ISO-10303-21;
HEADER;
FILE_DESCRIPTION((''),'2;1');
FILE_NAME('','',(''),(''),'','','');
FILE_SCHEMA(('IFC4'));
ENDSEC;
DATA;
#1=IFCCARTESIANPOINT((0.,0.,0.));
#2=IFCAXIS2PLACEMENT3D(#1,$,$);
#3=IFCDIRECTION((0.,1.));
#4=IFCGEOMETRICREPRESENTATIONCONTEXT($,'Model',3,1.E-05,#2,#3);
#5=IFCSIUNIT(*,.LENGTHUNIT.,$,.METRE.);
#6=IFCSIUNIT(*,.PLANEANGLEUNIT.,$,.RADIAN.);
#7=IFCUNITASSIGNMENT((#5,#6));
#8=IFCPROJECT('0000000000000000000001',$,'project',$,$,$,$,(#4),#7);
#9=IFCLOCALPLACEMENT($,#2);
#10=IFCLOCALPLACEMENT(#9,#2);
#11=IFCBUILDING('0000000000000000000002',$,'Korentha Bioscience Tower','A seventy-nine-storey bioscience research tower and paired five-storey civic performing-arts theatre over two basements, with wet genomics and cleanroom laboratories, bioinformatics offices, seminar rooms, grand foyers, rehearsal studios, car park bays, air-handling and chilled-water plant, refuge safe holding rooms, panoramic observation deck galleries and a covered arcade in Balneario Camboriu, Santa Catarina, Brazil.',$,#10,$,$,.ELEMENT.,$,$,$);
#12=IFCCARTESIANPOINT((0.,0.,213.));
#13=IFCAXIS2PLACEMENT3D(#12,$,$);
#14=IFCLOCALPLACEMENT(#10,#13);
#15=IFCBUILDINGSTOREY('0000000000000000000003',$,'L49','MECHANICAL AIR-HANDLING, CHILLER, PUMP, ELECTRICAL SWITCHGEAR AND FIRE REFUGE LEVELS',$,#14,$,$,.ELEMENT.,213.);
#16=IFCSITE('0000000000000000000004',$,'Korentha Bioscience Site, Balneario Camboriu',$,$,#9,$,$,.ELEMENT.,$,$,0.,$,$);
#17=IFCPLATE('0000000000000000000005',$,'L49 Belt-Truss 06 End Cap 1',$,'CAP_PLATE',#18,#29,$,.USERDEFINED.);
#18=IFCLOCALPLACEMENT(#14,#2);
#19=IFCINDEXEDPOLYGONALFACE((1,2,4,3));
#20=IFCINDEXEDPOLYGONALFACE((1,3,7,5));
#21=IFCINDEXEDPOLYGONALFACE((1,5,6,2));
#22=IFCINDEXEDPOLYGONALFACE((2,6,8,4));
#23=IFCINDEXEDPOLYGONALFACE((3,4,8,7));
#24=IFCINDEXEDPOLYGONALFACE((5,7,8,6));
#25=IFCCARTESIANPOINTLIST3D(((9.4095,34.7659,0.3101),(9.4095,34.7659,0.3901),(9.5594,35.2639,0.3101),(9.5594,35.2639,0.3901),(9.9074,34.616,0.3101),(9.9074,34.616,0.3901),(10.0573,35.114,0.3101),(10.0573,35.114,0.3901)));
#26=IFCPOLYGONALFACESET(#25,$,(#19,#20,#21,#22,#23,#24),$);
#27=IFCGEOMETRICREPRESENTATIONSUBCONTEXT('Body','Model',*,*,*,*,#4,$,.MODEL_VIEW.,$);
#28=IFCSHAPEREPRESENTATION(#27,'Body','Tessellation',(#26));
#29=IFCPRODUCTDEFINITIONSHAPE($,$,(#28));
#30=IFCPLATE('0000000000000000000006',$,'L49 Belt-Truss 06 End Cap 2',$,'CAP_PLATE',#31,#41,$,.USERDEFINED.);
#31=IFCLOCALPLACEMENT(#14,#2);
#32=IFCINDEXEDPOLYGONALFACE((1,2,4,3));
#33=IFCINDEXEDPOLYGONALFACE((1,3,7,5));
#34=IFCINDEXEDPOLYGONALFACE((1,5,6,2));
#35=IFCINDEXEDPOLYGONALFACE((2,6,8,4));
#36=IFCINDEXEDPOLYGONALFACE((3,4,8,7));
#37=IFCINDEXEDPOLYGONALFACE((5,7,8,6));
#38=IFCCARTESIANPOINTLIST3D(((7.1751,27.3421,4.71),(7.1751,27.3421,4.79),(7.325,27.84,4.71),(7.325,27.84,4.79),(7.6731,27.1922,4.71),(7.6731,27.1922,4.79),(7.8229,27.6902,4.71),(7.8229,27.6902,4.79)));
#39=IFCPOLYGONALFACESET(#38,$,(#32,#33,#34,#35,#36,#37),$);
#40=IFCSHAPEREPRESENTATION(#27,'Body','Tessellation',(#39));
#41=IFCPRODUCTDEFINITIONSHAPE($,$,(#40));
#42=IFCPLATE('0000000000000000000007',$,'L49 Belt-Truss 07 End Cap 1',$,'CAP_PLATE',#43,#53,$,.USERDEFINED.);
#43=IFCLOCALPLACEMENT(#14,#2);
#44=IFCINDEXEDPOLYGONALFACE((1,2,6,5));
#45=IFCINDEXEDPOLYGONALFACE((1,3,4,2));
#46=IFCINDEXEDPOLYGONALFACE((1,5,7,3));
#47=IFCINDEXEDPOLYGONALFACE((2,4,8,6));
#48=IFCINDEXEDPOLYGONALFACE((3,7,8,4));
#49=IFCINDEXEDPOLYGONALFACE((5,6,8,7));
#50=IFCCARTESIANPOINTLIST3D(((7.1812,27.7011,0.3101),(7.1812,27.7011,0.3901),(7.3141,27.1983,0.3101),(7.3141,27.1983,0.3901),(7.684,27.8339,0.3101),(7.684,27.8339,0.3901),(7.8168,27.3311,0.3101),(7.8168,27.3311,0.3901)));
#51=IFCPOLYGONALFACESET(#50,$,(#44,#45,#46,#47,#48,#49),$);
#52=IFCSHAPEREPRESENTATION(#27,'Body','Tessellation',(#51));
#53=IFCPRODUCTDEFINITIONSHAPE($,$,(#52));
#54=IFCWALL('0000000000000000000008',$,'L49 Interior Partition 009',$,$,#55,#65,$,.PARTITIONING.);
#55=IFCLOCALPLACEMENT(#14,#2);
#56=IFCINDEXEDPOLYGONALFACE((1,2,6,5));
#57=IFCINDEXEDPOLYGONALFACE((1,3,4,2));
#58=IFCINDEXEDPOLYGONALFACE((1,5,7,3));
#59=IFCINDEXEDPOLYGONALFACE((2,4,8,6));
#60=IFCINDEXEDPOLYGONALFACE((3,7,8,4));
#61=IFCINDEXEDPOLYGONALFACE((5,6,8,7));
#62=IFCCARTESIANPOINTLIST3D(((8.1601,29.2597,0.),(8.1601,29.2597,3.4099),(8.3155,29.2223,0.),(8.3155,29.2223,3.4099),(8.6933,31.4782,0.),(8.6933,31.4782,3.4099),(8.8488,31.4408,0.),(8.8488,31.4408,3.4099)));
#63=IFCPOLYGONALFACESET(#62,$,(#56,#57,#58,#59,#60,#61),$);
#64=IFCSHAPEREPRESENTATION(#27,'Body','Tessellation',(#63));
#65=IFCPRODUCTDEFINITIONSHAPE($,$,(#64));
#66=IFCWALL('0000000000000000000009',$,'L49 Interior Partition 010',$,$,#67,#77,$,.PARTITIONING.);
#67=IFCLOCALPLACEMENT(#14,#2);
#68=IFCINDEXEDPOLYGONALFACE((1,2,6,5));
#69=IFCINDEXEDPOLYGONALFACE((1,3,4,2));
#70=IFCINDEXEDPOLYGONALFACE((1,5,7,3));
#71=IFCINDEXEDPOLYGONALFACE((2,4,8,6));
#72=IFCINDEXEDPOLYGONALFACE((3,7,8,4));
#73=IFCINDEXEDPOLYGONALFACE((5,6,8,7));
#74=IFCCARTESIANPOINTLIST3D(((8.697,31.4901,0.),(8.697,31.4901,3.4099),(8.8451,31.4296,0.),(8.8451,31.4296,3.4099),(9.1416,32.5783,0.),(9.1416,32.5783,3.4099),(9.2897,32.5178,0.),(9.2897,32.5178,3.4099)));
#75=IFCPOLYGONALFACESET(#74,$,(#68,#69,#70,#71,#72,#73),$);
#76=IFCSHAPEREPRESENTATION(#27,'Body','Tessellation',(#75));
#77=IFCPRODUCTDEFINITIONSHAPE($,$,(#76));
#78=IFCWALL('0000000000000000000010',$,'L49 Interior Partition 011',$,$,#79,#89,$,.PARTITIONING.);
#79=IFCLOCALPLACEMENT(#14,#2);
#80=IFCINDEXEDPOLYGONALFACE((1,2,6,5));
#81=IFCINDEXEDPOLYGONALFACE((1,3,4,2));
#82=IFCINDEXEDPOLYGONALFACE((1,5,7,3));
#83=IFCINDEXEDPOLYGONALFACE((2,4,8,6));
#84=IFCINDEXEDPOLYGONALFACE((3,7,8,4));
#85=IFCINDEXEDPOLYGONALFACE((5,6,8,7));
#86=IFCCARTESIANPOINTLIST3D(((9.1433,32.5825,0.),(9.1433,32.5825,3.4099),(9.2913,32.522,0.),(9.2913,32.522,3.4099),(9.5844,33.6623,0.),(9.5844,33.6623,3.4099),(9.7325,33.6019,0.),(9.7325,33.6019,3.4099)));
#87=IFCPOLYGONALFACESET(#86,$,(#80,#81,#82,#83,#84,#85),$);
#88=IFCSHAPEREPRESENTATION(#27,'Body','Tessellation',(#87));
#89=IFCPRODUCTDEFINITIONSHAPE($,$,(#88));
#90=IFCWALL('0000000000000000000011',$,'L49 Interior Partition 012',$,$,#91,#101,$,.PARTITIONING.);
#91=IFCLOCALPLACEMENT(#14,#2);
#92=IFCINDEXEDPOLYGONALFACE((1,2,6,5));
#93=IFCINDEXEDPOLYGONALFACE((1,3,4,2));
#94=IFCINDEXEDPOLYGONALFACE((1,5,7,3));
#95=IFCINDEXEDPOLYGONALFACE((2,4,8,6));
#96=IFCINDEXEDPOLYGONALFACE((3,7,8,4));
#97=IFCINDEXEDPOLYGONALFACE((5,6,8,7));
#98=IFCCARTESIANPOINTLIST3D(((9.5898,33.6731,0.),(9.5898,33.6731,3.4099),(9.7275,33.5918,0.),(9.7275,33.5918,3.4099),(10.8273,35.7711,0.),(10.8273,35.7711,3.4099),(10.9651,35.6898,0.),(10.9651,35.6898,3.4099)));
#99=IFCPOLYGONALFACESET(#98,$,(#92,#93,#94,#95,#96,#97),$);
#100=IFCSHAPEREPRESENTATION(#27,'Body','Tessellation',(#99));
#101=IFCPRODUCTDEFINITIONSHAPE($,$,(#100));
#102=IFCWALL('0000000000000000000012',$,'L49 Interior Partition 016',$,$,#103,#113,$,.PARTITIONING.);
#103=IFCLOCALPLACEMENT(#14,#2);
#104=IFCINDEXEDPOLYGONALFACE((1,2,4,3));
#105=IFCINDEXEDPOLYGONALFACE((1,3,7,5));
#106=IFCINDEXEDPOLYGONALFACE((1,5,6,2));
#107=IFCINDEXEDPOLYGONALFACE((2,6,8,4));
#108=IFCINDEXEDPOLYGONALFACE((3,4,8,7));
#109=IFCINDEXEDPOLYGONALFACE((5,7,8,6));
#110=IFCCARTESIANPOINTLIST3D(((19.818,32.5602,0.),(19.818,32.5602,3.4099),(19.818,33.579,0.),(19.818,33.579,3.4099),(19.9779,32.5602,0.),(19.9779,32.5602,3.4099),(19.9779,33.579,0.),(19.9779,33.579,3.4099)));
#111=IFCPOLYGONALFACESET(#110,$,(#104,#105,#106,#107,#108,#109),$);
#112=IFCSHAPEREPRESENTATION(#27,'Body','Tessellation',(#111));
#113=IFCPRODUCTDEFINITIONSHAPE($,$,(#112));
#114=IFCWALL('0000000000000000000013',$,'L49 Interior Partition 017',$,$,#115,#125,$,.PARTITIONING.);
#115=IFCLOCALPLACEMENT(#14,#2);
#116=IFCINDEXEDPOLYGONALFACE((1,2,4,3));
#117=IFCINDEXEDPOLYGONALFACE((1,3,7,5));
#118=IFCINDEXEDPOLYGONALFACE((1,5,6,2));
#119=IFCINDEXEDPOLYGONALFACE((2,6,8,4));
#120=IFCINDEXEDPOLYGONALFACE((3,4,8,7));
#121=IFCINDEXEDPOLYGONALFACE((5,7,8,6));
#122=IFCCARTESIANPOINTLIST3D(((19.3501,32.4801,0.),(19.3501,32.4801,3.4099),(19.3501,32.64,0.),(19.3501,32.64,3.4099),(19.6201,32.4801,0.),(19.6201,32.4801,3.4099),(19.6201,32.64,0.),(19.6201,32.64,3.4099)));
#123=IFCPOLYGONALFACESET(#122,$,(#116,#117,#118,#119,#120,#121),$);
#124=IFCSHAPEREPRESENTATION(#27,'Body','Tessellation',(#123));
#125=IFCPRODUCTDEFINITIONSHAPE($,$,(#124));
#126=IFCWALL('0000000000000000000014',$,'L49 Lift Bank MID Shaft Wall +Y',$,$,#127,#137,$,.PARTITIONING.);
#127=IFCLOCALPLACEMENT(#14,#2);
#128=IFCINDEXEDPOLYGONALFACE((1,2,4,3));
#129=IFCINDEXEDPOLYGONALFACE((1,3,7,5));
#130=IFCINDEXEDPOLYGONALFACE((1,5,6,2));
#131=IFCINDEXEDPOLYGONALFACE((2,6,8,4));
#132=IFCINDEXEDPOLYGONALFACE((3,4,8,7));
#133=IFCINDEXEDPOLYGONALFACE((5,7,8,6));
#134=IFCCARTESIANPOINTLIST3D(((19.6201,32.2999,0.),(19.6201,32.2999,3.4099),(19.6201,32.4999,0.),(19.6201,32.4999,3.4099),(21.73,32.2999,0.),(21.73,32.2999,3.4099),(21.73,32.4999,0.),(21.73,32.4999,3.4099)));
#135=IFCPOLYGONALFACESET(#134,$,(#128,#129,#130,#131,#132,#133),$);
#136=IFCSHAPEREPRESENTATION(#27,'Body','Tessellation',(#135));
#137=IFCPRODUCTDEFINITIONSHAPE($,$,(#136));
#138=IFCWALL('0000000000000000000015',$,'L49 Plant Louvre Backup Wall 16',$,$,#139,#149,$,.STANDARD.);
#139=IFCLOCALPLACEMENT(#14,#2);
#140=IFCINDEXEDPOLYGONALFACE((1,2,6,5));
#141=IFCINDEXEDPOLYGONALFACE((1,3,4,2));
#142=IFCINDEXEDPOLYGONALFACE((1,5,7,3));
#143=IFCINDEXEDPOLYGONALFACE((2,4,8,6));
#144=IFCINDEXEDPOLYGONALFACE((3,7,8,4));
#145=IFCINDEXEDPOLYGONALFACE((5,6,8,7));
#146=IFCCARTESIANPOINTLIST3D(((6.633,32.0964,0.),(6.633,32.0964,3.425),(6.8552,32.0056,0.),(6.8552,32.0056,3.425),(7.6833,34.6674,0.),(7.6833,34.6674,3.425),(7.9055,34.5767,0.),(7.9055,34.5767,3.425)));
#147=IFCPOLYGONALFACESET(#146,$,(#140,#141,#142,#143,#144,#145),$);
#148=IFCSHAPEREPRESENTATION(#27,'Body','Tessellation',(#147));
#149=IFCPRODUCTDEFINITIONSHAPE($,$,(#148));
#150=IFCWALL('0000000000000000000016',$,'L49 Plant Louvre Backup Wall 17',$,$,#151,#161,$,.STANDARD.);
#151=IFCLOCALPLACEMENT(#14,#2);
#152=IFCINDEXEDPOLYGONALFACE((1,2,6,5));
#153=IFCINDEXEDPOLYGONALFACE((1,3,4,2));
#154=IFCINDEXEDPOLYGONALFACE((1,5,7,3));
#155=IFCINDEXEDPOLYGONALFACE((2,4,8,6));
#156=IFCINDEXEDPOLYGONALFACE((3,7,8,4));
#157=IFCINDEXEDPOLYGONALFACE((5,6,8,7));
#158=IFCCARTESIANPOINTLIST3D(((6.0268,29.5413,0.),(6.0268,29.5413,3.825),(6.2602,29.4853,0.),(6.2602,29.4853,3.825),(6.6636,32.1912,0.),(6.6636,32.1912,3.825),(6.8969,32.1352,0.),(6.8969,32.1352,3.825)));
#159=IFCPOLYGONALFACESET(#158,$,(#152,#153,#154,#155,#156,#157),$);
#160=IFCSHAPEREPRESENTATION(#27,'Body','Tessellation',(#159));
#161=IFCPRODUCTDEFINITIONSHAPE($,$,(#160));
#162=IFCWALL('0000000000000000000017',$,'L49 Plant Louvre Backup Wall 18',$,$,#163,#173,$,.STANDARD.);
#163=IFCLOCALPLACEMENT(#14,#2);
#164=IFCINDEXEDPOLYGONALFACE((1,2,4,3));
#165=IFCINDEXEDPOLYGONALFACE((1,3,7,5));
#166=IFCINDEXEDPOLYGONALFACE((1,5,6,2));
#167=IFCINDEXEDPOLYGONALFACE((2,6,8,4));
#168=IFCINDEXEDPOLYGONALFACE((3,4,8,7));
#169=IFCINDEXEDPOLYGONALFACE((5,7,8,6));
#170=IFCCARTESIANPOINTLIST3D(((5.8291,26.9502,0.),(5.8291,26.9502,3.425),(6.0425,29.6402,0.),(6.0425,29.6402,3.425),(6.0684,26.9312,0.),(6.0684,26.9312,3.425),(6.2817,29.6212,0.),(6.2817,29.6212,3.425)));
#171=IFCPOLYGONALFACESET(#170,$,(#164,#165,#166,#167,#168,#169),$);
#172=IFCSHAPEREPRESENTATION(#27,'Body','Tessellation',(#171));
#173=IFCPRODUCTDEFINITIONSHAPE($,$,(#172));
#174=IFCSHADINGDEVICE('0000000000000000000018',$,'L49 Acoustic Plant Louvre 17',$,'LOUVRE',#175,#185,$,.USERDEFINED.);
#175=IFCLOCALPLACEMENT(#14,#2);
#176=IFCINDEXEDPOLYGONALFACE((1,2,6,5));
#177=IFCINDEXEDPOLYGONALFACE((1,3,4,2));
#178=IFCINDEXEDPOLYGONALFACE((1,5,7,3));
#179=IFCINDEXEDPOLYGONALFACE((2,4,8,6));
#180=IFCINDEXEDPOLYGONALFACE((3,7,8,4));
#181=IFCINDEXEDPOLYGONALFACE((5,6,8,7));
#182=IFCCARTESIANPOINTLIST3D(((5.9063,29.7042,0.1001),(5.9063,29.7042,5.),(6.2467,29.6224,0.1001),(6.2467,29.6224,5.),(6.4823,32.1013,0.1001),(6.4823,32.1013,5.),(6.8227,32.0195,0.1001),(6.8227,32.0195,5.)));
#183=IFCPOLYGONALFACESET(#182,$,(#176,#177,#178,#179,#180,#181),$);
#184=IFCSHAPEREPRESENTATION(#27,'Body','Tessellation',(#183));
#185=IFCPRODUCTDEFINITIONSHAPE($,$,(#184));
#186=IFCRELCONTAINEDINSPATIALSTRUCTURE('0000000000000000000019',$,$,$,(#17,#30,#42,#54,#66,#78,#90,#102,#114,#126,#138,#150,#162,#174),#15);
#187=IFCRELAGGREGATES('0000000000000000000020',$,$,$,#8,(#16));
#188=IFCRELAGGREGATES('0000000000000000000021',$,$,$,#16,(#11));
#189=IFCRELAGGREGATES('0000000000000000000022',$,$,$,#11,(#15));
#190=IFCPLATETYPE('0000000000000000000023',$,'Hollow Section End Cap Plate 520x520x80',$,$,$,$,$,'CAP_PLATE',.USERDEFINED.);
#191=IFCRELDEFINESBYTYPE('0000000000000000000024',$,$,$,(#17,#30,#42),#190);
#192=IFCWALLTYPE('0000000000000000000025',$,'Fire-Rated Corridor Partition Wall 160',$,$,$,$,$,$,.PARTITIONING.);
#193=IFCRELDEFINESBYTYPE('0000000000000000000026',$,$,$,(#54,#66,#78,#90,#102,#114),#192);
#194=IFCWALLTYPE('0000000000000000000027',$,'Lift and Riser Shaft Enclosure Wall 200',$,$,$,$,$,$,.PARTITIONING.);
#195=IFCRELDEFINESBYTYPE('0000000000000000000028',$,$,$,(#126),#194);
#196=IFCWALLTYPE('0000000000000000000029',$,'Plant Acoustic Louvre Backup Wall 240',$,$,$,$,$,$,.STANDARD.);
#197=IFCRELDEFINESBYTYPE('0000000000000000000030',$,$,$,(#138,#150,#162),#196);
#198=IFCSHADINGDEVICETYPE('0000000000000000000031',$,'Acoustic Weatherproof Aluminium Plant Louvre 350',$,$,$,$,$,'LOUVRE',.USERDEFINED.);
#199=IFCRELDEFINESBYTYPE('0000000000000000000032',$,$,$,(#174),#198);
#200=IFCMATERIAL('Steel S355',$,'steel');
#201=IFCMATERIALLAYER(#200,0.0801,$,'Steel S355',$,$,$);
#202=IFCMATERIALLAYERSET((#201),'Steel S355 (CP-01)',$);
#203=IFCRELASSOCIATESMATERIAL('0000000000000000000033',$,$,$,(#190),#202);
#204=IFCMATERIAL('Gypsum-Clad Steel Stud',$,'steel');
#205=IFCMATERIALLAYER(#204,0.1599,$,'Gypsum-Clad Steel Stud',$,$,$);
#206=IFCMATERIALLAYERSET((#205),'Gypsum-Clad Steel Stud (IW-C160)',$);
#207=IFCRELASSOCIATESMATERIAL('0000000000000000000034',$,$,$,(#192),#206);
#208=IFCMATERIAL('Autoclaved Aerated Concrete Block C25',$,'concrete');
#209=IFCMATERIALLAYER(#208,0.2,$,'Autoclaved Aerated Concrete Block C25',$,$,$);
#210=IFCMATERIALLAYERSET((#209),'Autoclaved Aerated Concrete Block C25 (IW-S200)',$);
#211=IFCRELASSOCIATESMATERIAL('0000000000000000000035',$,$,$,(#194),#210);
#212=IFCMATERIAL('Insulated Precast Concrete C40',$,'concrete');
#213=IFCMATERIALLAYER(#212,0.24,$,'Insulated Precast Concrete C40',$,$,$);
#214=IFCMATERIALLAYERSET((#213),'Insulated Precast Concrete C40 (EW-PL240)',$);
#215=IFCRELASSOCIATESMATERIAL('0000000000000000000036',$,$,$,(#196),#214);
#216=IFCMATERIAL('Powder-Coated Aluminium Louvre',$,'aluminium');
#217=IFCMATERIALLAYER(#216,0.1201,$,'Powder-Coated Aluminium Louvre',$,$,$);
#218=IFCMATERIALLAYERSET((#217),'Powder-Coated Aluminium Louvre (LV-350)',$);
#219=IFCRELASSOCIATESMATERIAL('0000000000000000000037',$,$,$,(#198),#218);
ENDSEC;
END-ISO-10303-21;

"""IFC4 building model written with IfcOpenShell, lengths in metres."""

from ifc_helpers import new_model, si_unit, direction, frame, frame_2d, origin, origin_2d, place, context, subcontext, project, spatial, rectangle, extrude, material, layer, layer_set, type_object, element, save


model = new_model("IFC4")

# Units and contexts
model_context = context("Model", 3, precision=1e-05, world=origin(), true_north=direction((0.0, 1.0)))
body_context = subcontext(model_context, "Body", "Model", "MODEL_VIEW")
ifc_project = project(units=[si_unit("LENGTHUNIT", "METRE"), si_unit("PLANEANGLEUNIT", "RADIAN")], contexts=[model_context])

# Site, building, storey
site_placement = place(None, origin())
site = spatial("IfcSite", under=ifc_project, at=site_placement, Name="Korentha Bioscience Site, Balneario Camboriu", CompositionType="ELEMENT", RefElevation=0.0)
building_placement = place(site_placement, origin())
building = spatial("IfcBuilding", under=site, at=building_placement, Name="Korentha Bioscience Tower", Description="A seventy-nine-storey bioscience research tower and paired five-storey civic performing-arts theatre over two basements, with wet genomics and cleanroom laboratories, bioinformatics offices, seminar rooms, grand foyers, rehearsal studios, car park bays, air-handling and chilled-water plant, refuge safe holding rooms, panoramic observation deck galleries and a covered arcade in Balneario Camboriu, Santa Catarina, Brazil.", CompositionType="ELEMENT")
storey_placement = place(building_placement, frame((0.0, 0.0, 213.0)))
storey = spatial("IfcBuildingStorey", under=building, at=storey_placement, Name="L49", Description="MECHANICAL AIR-HANDLING, CHILLER, PUMP, ELECTRICAL SWITCHGEAR AND FIRE REFUGE LEVELS", CompositionType="ELEMENT", Elevation=213.0)

# Shared definitions
ifc_material_1 = material(Name="Steel S355", Category="steel")

# Plates
ifc_layer_1 = layer(ifc_material_1, 0.0801, Name="Steel S355")
ifc_layer_set_1 = layer_set([ifc_layer_1], Name="Steel S355 (CP-01)")
plate_type_1 = type_object("IfcPlateType", Name="Hollow Section End Cap Plate 520x520x80", ElementType="CAP_PLATE", PredefinedType="USERDEFINED", material=ifc_layer_set_1)
for number, where, z_axis, x_axis, name in (
    (1, (9.7334, 34.9399, 0.3101), (0.0, 0.0, 1.0), (0.288196, 0.957571, 0.0), "L49 Belt-Truss 06 End Cap 1"),
    (2, (7.499, 27.5161, 4.71), (0.0, 0.0, 1.0), (0.288196, 0.957571, 0.0), "L49 Belt-Truss 06 End Cap 2"),
    (3, (7.499, 27.5161, 0.3101), (0.0, 0.0, 1.0), (-0.255446, 0.966823, 0.0), "L49 Belt-Truss 07 End Cap 1"),
):
    element("IfcPlate", number, at=place(storey_placement, frame(where, z_axis=z_axis, x_axis=x_axis)), inside=storey, type_object=plate_type_1, Name=name, ObjectType="CAP_PLATE", PredefinedType="USERDEFINED", context=body_context, shape_type="SweptSolid", body=[
        extrude(rectangle(XDim=0.52, YDim=0.52, at=origin_2d()), origin(), (0.0, 0.0, 1.0), 0.0801),
    ])

# Walls
ifc_material_2 = material(Name="Gypsum-Clad Steel Stud", Category="steel")
ifc_layer_2 = layer(ifc_material_2, 0.1599, Name="Gypsum-Clad Steel Stud")
ifc_layer_set_2 = layer_set([ifc_layer_2], Name="Gypsum-Clad Steel Stud (IW-C160)")
wall_type_1 = type_object("IfcWallType", Name="Fire-Rated Corridor Partition Wall 160", PredefinedType="PARTITIONING", material=ifc_layer_set_2)
wall_1_placement = place(storey_placement, frame((8.2378, 29.241, 0.0), z_axis=(0.0, 0.0, 1.0), x_axis=(0.233689, 0.972311, 0.0)))
element("IfcWall", 4, at=wall_1_placement, inside=storey, type_object=wall_type_1, Name="L49 Interior Partition 009", PredefinedType="PARTITIONING", context=body_context, shape_type="SweptSolid", body=[
    extrude(rectangle(XDim=2.2817, YDim=0.1599, at=frame_2d((1.1409, 0.0))), origin(), (0.0, 0.0, 1.0), 3.4099),
])
wall_2_placement = place(storey_placement, frame((8.771, 31.4597, 0.0), z_axis=(0.0, 0.0, 1.0), x_axis=(0.37822, 0.925716, 0.0)))
element("IfcWall", 5, at=wall_2_placement, inside=storey, type_object=wall_type_1, Name="L49 Interior Partition 010", PredefinedType="PARTITIONING", context=body_context, shape_type="SweptSolid", body=[
    extrude(rectangle(XDim=1.1755, YDim=0.1599, at=frame_2d((0.5879, 0.0))), origin(), (0.0, 0.0, 1.0), 3.4099),
])
wall_3_placement = place(storey_placement, frame((9.2173, 32.5522, 0.0), z_axis=(0.0, 0.0, 1.0), x_axis=(0.378201, 0.925724, 0.0)))
element("IfcWall", 6, at=wall_3_placement, inside=storey, type_object=wall_type_1, Name="L49 Interior Partition 011", PredefinedType="PARTITIONING", context=body_context, shape_type="SweptSolid", body=[
    extrude(rectangle(XDim=1.1665, YDim=0.1599, at=frame_2d((0.5833, 0.0))), origin(), (0.0, 0.0, 1.0), 3.4099),
])
wall_4_placement = place(storey_placement, frame((9.6587, 33.6326, 0.0), z_axis=(0.0, 0.0, 1.0), x_axis=(0.508084, 0.861307, 0.0)))
element("IfcWall", 7, at=wall_4_placement, inside=storey, type_object=wall_type_1, Name="L49 Interior Partition 012", PredefinedType="PARTITIONING", context=body_context, shape_type="SweptSolid", body=[
    extrude(rectangle(XDim=2.4358, YDim=0.1599, at=frame_2d((1.2178, 0.0))), origin(), (0.0, 0.0, 1.0), 3.4099),
])
wall_5_placement = place(storey_placement, frame((19.8979, 33.5789, 0.0), z_axis=(0.0, 0.0, 1.0), x_axis=(0.0, -1.0, 0.0)))
element("IfcWall", 8, at=wall_5_placement, inside=storey, type_object=wall_type_1, Name="L49 Interior Partition 016", PredefinedType="PARTITIONING", context=body_context, shape_type="SweptSolid", body=[
    extrude(rectangle(XDim=1.0188, YDim=0.1599, at=frame_2d((0.5093, 0.0))), origin(), (0.0, 0.0, 1.0), 3.4099),
])
wall_6_placement = place(storey_placement, frame((19.6201, 32.5601, 0.0), z_axis=(0.0, 0.0, 1.0), x_axis=(-1.0, 0.0, 0.0)))
element("IfcWall", 9, at=wall_6_placement, inside=storey, type_object=wall_type_1, Name="L49 Interior Partition 017", PredefinedType="PARTITIONING", context=body_context, shape_type="SweptSolid", body=[
    extrude(rectangle(XDim=0.27, YDim=0.1599, at=frame_2d((0.135, 0.0))), origin(), (0.0, 0.0, 1.0), 3.4099),
])
ifc_material_3 = material(Name="Autoclaved Aerated Concrete Block C25", Category="concrete")
ifc_layer_3 = layer(ifc_material_3, 0.2, Name="Autoclaved Aerated Concrete Block C25")
ifc_layer_set_3 = layer_set([ifc_layer_3], Name="Autoclaved Aerated Concrete Block C25 (IW-S200)")
wall_type_2 = type_object("IfcWallType", Name="Lift and Riser Shaft Enclosure Wall 200", PredefinedType="PARTITIONING", material=ifc_layer_set_3)
wall_7_placement = place(storey_placement, frame((19.6201, 32.3999, 0.0), z_axis=(0.0, 0.0, 1.0), x_axis=(1.0, 0.0, 0.0)))
element("IfcWall", 10, at=wall_7_placement, inside=storey, type_object=wall_type_2, Name="L49 Lift Bank MID Shaft Wall +Y", PredefinedType="PARTITIONING", context=body_context, shape_type="SweptSolid", body=[
    extrude(rectangle(XDim=2.1099, YDim=0.2, at=frame_2d((1.0549, 0.0))), origin(), (0.0, 0.0, 1.0), 3.4099),
])
ifc_material_4 = material(Name="Insulated Precast Concrete C40", Category="concrete")
ifc_layer_4 = layer(ifc_material_4, 0.24, Name="Insulated Precast Concrete C40")
ifc_layer_set_4 = layer_set([ifc_layer_4], Name="Insulated Precast Concrete C40 (EW-PL240)")
wall_type_3 = type_object("IfcWallType", Name="Plant Acoustic Louvre Backup Wall 240", PredefinedType="STANDARD", material=ifc_layer_set_4)
wall_8_placement = place(storey_placement, frame((7.7944, 34.6221, 0.0), z_axis=(0.0, 0.0, 1.0), x_axis=(-0.378171, -0.925736, 0.0)))
element("IfcWall", 11, at=wall_8_placement, inside=storey, type_object=wall_type_3, Name="L49 Plant Louvre Backup Wall 16", PredefinedType="STANDARD", context=body_context, shape_type="SweptSolid", body=[
    extrude(rectangle(XDim=2.7773, YDim=0.24, at=frame_2d((1.3887, 0.0))), origin(), (0.0, 0.0, 1.0), 3.425),
])
wall_9_placement = place(storey_placement, frame((6.7803, 32.1633, 0.0), z_axis=(0.0, 0.0, 1.0), x_axis=(-0.23363, -0.972325, 0.0)))
element("IfcWall", 12, at=wall_9_placement, inside=storey, type_object=wall_type_3, Name="L49 Plant Louvre Backup Wall 17", PredefinedType="STANDARD", context=body_context, shape_type="SweptSolid", body=[
    extrude(rectangle(XDim=2.7253, YDim=0.24, at=frame_2d((1.3628, 0.0))), origin(), (0.0, 0.0, 1.0), 3.825),
])
wall_10_placement = place(storey_placement, frame((6.1621, 29.6306, 0.0), z_axis=(0.0, 0.0, 1.0), x_axis=(-0.079076, -0.996869, 0.0)))
element("IfcWall", 13, at=wall_10_placement, inside=storey, type_object=wall_type_3, Name="L49 Plant Louvre Backup Wall 18", PredefinedType="STANDARD", context=body_context, shape_type="SweptSolid", body=[
    extrude(rectangle(XDim=2.6985, YDim=0.24, at=frame_2d((1.3491, 0.0))), origin(), (0.0, 0.0, 1.0), 3.425),
])

# Shading device
ifc_material_5 = material(Name="Powder-Coated Aluminium Louvre", Category="aluminium")
ifc_layer_5 = layer(ifc_material_5, 0.1201, Name="Powder-Coated Aluminium Louvre")
ifc_layer_set_5 = layer_set([ifc_layer_5], Name="Powder-Coated Aluminium Louvre (LV-350)")
shading_device_type = type_object("IfcShadingDeviceType", Name="Acoustic Weatherproof Aluminium Plant Louvre 350", ElementType="LOUVRE", PredefinedType="USERDEFINED", material=ifc_layer_set_5)
shading_device_1_placement = place(storey_placement, frame((6.3645, 30.8618, 0.1001), z_axis=(0.0, 0.0, 1.0), x_axis=(-0.233644, -0.972322, 0.0)))
element("IfcShadingDevice", 14, at=shading_device_1_placement, inside=storey, type_object=shading_device_type, Name="L49 Acoustic Plant Louvre 17", ObjectType="LOUVRE", PredefinedType="USERDEFINED", context=body_context, shape_type="SweptSolid", body=[
    extrude(rectangle(XDim=2.4653, YDim=0.3501, at=origin_2d()), origin(), (0.0, 0.0, 1.0), 4.8999),
])

save(model, "model.ifc")
